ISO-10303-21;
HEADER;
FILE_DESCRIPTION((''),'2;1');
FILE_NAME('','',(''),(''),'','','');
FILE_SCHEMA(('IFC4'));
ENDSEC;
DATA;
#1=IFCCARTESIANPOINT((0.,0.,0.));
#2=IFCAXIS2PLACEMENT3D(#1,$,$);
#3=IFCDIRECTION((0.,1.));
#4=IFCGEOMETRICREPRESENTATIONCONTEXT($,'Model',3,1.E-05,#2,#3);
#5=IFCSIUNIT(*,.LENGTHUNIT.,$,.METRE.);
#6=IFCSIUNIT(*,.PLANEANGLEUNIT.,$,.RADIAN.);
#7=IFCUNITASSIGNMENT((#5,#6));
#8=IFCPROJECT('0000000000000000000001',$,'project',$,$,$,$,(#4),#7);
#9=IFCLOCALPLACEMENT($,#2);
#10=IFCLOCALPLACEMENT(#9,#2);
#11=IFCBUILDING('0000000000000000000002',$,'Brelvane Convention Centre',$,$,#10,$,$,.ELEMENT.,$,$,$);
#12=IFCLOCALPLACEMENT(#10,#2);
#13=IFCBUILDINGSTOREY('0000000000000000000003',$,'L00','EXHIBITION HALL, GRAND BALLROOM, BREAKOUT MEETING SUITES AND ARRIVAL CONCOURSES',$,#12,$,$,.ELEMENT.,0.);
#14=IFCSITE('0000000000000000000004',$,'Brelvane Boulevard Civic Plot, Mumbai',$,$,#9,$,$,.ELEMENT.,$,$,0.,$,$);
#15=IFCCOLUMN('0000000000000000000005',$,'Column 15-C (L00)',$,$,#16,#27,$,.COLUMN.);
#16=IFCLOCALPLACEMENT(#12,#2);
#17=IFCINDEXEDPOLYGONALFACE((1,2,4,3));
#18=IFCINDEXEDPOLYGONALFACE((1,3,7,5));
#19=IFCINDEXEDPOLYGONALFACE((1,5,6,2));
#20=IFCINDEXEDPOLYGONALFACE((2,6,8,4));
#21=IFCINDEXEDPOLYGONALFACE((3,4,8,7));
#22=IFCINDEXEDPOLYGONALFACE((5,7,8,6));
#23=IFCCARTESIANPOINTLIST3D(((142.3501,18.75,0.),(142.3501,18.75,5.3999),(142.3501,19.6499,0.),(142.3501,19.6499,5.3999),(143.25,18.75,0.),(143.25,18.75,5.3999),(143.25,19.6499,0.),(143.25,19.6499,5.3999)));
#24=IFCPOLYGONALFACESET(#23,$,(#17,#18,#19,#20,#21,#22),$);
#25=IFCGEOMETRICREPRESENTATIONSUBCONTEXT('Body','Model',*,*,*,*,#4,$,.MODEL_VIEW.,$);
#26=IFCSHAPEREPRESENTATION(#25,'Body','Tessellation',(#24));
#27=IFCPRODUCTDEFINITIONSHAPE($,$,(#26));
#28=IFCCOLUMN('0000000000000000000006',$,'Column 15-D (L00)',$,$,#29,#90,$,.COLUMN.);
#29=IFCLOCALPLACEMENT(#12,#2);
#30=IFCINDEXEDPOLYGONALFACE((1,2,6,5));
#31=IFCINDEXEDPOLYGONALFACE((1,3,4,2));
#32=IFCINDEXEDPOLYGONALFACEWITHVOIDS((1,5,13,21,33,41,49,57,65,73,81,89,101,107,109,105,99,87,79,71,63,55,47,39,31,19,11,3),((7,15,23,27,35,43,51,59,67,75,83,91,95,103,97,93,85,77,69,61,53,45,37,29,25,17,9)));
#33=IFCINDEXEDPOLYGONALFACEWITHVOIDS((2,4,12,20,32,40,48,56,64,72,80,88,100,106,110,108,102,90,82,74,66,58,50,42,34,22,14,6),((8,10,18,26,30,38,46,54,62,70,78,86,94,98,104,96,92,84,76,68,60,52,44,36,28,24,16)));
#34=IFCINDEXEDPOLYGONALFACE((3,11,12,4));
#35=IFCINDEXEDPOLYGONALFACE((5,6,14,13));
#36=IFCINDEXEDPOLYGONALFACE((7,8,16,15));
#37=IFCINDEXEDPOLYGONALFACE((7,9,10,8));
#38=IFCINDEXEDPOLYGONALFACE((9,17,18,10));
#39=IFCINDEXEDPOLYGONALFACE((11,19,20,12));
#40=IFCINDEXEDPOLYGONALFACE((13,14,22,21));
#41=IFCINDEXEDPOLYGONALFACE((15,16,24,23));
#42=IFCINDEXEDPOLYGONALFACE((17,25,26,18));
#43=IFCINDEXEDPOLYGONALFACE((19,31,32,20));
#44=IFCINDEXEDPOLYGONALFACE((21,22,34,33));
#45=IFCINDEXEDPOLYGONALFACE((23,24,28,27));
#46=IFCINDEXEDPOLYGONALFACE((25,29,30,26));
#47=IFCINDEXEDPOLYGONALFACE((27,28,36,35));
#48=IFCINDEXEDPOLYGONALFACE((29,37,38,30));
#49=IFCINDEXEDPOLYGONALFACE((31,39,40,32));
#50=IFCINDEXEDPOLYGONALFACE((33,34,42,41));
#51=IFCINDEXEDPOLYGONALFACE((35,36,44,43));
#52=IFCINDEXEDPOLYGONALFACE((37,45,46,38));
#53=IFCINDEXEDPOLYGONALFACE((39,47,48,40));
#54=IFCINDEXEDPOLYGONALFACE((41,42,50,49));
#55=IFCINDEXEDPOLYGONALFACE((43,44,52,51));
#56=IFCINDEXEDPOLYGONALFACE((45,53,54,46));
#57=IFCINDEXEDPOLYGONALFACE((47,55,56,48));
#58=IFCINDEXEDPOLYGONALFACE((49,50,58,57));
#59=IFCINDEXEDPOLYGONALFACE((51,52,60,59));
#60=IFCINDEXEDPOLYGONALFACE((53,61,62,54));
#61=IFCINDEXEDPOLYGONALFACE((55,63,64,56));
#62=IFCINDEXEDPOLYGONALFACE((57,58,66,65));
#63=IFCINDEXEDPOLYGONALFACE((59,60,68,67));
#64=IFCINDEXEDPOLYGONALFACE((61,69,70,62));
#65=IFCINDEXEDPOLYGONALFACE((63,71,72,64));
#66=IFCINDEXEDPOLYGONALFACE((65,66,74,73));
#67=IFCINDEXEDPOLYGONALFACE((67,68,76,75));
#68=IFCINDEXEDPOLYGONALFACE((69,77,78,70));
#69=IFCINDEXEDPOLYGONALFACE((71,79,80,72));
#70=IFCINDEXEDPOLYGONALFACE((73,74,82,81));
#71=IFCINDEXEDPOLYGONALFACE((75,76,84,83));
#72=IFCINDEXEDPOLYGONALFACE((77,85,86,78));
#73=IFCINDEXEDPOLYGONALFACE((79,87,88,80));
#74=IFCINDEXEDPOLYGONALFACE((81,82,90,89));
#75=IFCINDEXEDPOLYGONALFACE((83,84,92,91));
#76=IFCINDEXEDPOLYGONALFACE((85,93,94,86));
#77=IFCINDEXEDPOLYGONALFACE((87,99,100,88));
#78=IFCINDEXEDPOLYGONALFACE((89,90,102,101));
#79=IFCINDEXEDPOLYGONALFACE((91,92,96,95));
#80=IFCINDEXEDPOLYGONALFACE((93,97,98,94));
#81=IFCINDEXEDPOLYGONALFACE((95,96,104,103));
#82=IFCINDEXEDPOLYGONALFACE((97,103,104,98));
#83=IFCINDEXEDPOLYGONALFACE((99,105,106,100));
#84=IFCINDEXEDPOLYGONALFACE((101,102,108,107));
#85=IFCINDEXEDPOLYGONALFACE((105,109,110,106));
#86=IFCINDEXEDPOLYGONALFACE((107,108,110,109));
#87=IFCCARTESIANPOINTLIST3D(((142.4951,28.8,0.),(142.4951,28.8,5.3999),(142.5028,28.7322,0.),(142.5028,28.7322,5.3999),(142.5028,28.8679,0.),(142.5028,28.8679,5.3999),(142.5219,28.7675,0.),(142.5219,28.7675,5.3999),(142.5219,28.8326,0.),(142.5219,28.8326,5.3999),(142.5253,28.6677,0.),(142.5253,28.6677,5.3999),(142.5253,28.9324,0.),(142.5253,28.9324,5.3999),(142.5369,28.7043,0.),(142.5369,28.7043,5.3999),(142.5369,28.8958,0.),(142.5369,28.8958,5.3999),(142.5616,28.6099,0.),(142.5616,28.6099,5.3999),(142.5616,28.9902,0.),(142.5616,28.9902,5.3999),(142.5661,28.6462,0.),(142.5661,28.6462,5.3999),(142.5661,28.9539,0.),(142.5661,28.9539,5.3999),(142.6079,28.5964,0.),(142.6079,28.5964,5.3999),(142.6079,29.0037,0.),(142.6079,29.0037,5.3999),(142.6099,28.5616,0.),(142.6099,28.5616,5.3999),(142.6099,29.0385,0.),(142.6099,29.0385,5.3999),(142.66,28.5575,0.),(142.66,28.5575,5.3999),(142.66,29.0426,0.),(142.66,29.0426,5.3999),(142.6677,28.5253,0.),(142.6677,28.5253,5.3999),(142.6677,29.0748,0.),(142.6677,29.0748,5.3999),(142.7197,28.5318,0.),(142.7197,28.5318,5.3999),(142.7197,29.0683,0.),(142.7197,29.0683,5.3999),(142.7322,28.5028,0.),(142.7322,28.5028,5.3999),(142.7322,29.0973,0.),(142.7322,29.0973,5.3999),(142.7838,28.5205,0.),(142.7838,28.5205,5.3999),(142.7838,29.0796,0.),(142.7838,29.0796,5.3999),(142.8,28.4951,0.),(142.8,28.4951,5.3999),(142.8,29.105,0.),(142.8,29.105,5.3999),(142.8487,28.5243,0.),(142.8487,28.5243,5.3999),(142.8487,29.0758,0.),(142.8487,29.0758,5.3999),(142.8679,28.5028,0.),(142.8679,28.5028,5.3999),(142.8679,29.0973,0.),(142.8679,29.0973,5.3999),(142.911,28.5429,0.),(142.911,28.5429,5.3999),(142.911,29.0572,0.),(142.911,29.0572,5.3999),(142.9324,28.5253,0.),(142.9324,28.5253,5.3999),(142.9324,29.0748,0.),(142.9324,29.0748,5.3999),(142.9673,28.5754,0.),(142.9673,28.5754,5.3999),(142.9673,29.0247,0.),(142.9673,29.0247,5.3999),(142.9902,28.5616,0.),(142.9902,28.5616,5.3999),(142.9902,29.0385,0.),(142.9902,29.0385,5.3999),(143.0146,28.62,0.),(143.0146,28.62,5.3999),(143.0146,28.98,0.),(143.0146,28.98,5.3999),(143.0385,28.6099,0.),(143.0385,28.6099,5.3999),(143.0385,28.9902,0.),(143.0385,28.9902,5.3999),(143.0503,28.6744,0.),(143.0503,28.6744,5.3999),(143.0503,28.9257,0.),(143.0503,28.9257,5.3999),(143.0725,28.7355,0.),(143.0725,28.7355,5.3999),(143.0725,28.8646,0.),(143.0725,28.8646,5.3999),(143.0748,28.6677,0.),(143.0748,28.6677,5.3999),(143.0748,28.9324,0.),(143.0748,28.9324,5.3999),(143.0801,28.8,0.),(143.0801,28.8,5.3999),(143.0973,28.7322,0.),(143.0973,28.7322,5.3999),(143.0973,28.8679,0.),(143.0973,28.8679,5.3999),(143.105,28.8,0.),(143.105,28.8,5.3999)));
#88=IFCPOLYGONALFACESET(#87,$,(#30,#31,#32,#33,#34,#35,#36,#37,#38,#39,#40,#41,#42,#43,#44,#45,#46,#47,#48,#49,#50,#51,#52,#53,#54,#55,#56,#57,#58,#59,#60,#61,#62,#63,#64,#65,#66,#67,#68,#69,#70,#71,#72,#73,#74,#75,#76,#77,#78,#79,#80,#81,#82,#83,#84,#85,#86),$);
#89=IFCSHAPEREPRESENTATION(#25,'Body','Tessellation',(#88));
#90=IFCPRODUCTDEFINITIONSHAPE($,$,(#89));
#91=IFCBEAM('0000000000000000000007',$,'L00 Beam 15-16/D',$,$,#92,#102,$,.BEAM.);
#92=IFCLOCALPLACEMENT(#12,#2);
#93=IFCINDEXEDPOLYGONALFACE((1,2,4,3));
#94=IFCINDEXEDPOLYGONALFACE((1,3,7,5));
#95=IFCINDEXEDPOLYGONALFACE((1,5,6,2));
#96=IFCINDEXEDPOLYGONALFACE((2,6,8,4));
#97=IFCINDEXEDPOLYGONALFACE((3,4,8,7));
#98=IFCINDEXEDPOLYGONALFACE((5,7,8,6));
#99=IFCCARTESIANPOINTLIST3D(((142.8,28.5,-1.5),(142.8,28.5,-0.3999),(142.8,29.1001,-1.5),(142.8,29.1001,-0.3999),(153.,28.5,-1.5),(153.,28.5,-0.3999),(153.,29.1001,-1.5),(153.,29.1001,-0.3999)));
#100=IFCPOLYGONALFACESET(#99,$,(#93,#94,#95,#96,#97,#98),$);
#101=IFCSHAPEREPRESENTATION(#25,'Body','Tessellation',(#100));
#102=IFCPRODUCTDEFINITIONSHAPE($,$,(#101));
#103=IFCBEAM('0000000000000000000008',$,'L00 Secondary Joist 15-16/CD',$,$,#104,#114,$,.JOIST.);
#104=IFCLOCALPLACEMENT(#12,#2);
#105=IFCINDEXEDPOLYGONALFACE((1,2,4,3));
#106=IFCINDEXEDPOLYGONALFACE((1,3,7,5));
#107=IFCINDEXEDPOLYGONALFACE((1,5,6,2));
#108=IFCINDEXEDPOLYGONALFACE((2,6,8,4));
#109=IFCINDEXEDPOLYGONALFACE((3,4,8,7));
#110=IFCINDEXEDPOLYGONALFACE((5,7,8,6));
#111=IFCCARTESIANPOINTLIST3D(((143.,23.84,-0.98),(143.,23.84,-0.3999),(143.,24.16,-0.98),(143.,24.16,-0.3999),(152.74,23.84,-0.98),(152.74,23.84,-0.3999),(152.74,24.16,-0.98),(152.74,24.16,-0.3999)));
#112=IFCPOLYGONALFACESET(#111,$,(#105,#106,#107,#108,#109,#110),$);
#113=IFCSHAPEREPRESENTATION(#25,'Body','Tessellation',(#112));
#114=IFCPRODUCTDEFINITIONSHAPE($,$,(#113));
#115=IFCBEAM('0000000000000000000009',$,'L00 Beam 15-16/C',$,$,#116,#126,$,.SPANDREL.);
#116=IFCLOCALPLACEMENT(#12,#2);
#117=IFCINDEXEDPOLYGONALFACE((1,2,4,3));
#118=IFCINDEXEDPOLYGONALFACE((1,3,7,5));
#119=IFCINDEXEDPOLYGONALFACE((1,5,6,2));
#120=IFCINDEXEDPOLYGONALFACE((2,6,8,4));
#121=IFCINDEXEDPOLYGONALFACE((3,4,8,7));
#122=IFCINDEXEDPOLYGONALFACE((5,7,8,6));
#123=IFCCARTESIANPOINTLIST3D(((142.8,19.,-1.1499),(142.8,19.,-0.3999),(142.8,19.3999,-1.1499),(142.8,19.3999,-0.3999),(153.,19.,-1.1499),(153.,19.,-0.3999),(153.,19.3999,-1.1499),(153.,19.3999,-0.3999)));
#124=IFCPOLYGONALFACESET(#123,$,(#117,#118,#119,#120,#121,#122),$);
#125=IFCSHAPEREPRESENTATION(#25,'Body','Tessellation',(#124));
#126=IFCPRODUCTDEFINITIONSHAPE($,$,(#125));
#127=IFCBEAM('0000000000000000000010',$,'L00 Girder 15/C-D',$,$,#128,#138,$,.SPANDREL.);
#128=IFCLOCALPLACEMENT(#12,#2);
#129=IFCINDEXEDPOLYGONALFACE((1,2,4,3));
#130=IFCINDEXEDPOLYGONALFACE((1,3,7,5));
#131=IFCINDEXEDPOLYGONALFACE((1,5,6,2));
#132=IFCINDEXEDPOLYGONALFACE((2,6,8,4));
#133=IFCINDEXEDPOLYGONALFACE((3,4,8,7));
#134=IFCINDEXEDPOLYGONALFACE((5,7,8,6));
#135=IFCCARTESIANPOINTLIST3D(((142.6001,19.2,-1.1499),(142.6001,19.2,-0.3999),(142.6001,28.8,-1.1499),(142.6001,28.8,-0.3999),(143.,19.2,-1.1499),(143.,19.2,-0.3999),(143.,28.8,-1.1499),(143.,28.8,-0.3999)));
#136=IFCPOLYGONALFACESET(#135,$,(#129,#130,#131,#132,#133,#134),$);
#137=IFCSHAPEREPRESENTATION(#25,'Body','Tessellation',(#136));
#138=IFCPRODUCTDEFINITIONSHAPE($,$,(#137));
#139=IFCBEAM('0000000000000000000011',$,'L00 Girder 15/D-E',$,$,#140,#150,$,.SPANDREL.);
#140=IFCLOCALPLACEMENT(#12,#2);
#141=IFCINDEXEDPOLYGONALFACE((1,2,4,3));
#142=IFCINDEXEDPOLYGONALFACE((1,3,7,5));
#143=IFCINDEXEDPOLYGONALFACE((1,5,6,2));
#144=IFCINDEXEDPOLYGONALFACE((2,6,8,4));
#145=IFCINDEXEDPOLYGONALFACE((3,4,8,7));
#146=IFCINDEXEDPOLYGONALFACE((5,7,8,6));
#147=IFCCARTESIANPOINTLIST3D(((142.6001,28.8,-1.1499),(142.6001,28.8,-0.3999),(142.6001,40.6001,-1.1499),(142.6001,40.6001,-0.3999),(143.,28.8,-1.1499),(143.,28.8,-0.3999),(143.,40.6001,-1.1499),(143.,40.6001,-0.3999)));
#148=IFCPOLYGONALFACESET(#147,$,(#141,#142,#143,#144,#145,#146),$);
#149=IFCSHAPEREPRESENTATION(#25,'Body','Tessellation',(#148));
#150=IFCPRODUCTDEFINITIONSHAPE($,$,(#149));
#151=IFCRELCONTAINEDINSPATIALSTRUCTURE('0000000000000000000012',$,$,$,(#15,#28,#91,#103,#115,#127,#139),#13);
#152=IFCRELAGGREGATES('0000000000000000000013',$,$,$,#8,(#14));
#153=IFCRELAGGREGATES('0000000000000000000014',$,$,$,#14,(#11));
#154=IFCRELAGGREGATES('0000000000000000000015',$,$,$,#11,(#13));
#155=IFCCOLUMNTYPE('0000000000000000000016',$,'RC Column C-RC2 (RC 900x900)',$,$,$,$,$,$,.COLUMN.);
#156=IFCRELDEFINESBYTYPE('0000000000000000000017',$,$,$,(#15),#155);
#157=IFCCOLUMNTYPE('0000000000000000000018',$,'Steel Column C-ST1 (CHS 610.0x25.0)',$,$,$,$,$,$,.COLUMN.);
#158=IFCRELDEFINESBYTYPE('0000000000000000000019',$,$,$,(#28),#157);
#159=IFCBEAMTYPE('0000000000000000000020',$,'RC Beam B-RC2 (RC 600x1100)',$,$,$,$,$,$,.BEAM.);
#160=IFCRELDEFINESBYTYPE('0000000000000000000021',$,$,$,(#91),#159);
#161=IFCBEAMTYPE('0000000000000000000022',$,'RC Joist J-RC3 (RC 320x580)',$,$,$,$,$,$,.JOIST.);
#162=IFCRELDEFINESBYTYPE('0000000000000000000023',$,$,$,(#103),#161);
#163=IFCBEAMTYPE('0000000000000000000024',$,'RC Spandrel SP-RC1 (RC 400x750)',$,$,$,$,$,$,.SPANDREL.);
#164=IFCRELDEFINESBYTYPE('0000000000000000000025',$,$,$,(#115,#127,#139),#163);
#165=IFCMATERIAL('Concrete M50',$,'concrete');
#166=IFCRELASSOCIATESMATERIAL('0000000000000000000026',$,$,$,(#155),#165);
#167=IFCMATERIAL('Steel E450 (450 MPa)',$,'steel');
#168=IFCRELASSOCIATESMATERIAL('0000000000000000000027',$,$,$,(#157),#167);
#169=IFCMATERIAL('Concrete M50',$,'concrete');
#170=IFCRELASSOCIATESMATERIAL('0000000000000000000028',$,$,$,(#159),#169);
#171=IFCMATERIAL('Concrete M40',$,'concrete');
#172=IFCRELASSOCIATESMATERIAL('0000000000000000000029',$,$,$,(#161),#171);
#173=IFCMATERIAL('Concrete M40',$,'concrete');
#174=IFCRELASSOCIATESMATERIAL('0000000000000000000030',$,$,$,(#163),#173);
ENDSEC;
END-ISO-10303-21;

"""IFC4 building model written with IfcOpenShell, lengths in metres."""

from ifc_helpers import new_model, si_unit, direction, frame, origin, origin_2d, place, context, subcontext, project, spatial, rectangle, hollow_circle, extrude, material, material_profile, profile_set, type_object, element, save


model = new_model("IFC4")

# Units and contexts
model_context = context("Model", 3, precision=1e-05, world=origin(), true_north=direction((0.0, 1.0)))
body_context = subcontext(model_context, "Body", "Model", "MODEL_VIEW")
ifc_project = project(units=[si_unit("LENGTHUNIT", "METRE"), si_unit("PLANEANGLEUNIT", "RADIAN")], contexts=[model_context])

# Site, building, storey
site_placement = place(None, origin())
site = spatial("IfcSite", under=ifc_project, at=site_placement, Name="Brelvane Boulevard Civic Plot, Mumbai", CompositionType="ELEMENT", RefElevation=0.0)
building_placement = place(site_placement, origin())
building = spatial("IfcBuilding", under=site, at=building_placement, Name="Brelvane Convention Centre", CompositionType="ELEMENT")
storey_placement = place(building_placement, origin())
storey = spatial("IfcBuildingStorey", under=building, at=storey_placement, Name="L00", Description="EXHIBITION HALL, GRAND BALLROOM, BREAKOUT MEETING SUITES AND ARRIVAL CONCOURSES", CompositionType="ELEMENT", Elevation=0.0)

# Columns
ifc_material_1 = material(Name="Concrete M50", Category="concrete")
ifc_material_profile_1 = material_profile(ifc_material_1, rectangle(XDim=0.8999, YDim=0.8999, at=origin_2d()), Name="RC 900x900")
ifc_profile_set_1 = profile_set([ifc_material_profile_1], Name="Concrete M50")
column_type_1 = type_object("IfcColumnType", Name="RC Column C-RC2 (RC 900x900)", PredefinedType="COLUMN", material=ifc_profile_set_1)
column_1_placement = place(storey_placement, frame((142.8, 19.2, 0.0), z_axis=(0.0, 0.0, 1.0), x_axis=(1.0, 0.0, 0.0)))
element("IfcColumn", 1, at=column_1_placement, inside=storey, type_object=column_type_1, Name="Column 15-C (L00)", PredefinedType="COLUMN", context=body_context, shape_type="SweptSolid", body=[
    extrude(rectangle(XDim=0.8999, YDim=0.8999, at=origin_2d()), origin(), (0.0, 0.0, 1.0), 5.3999),
])
ifc_material_2 = material(Name="Steel E450 (450 MPa)", Category="steel")
ifc_material_profile_2 = material_profile(ifc_material_2, hollow_circle(Radius=0.3049, WallThickness=0.0249, at=origin_2d()), Name="CHS 610.0x25.0")
ifc_profile_set_2 = profile_set([ifc_material_profile_2], Name="Steel E450 (450 MPa)")
column_type_2 = type_object("IfcColumnType", Name="Steel Column C-ST1 (CHS 610.0x25.0)", PredefinedType="COLUMN", material=ifc_profile_set_2)
column_2_placement = place(storey_placement, frame((142.8, 28.8, 0.0), z_axis=(0.0, 0.0, 1.0), x_axis=(1.0, 0.0, 0.0)))
element("IfcColumn", 2, at=column_2_placement, inside=storey, type_object=column_type_2, Name="Column 15-D (L00)", PredefinedType="COLUMN", context=body_context, shape_type="SweptSolid", body=[
    extrude(hollow_circle(Radius=0.3049, WallThickness=0.0249, at=origin_2d()), origin(), (0.0, 0.0, 1.0), 5.3999),
])

# Beams
ifc_material_3 = material(Name="Concrete M50", Category="concrete")
ifc_material_profile_3 = material_profile(ifc_material_3, rectangle(XDim=0.6001, YDim=1.1001, at=origin_2d()), Name="RC 600x1100")
ifc_profile_set_3 = profile_set([ifc_material_profile_3], Name="Concrete M50")
beam_type_1 = type_object("IfcBeamType", Name="RC Beam B-RC2 (RC 600x1100)", PredefinedType="BEAM", material=ifc_profile_set_3)
beam_1_placement = place(storey_placement, frame((142.8, 28.8, -0.95), z_axis=(1.0, 0.0, 0.0), x_axis=(0.0, 1.0, 0.0)))
element("IfcBeam", 3, at=beam_1_placement, inside=storey, type_object=beam_type_1, Name="L00 Beam 15-16/D", PredefinedType="BEAM", context=body_context, shape_type="SweptSolid", body=[
    extrude(rectangle(XDim=0.6001, YDim=1.1001, at=origin_2d()), origin(), (0.0, 0.0, 1.0), 10.2),
])
ifc_material_4 = material(Name="Concrete M40", Category="concrete")
ifc_material_profile_4 = material_profile(ifc_material_4, rectangle(XDim=0.3201, YDim=0.5801, at=origin_2d()), Name="RC 320x580")
ifc_profile_set_4 = profile_set([ifc_material_profile_4], Name="Concrete M40")
beam_type_2 = type_object("IfcBeamType", Name="RC Joist J-RC3 (RC 320x580)", PredefinedType="JOIST", material=ifc_profile_set_4)
beam_2_placement = place(storey_placement, frame((143.0, 24.0, -0.6899), z_axis=(1.0, 0.0, 0.0), x_axis=(0.0, 1.0, 0.0)))
element("IfcBeam", 4, at=beam_2_placement, inside=storey, type_object=beam_type_2, Name="L00 Secondary Joist 15-16/CD", PredefinedType="JOIST", context=body_context, shape_type="SweptSolid", body=[
    extrude(rectangle(XDim=0.3201, YDim=0.5801, at=origin_2d()), origin(), (0.0, 0.0, 1.0), 9.74),
])
ifc_material_5 = material(Name="Concrete M40", Category="concrete")
ifc_material_profile_5 = material_profile(ifc_material_5, rectangle(XDim=0.3999, YDim=0.75, at=origin_2d()), Name="RC 400x750")
ifc_profile_set_5 = profile_set([ifc_material_profile_5], Name="Concrete M40")
beam_type_3 = type_object("IfcBeamType", Name="RC Spandrel SP-RC1 (RC 400x750)", PredefinedType="SPANDREL", material=ifc_profile_set_5)
beam_3_placement = place(storey_placement, frame((142.8, 19.2, -0.7749), z_axis=(1.0, 0.0, 0.0), x_axis=(0.0, 1.0, 0.0)))
element("IfcBeam", 5, at=beam_3_placement, inside=storey, type_object=beam_type_3, Name="L00 Beam 15-16/C", PredefinedType="SPANDREL", context=body_context, shape_type="SweptSolid", body=[
    extrude(rectangle(XDim=0.3999, YDim=0.75, at=origin_2d()), origin(), (0.0, 0.0, 1.0), 10.2),
])
beam_4_placement = place(storey_placement, frame((142.8, 19.2, -0.7749), z_axis=(0.0, 1.0, 0.0), x_axis=(-1.0, 0.0, 0.0)))
element("IfcBeam", 6, at=beam_4_placement, inside=storey, type_object=beam_type_3, Name="L00 Girder 15/C-D", PredefinedType="SPANDREL", context=body_context, shape_type="SweptSolid", body=[
    extrude(rectangle(XDim=0.3999, YDim=0.75, at=origin_2d()), origin(), (0.0, 0.0, 1.0), 9.6001),
])
beam_5_placement = place(storey_placement, frame((142.8, 28.8, -0.7749), z_axis=(0.0, 1.0, 0.0), x_axis=(-1.0, 0.0, 0.0)))
element("IfcBeam", 7, at=beam_5_placement, inside=storey, type_object=beam_type_3, Name="L00 Girder 15/D-E", PredefinedType="SPANDREL", context=body_context, shape_type="SweptSolid", body=[
    extrude(rectangle(XDim=0.3999, YDim=0.75, at=origin_2d()), origin(), (0.0, 0.0, 1.0), 11.8),
])

save(model, "model.ifc")
